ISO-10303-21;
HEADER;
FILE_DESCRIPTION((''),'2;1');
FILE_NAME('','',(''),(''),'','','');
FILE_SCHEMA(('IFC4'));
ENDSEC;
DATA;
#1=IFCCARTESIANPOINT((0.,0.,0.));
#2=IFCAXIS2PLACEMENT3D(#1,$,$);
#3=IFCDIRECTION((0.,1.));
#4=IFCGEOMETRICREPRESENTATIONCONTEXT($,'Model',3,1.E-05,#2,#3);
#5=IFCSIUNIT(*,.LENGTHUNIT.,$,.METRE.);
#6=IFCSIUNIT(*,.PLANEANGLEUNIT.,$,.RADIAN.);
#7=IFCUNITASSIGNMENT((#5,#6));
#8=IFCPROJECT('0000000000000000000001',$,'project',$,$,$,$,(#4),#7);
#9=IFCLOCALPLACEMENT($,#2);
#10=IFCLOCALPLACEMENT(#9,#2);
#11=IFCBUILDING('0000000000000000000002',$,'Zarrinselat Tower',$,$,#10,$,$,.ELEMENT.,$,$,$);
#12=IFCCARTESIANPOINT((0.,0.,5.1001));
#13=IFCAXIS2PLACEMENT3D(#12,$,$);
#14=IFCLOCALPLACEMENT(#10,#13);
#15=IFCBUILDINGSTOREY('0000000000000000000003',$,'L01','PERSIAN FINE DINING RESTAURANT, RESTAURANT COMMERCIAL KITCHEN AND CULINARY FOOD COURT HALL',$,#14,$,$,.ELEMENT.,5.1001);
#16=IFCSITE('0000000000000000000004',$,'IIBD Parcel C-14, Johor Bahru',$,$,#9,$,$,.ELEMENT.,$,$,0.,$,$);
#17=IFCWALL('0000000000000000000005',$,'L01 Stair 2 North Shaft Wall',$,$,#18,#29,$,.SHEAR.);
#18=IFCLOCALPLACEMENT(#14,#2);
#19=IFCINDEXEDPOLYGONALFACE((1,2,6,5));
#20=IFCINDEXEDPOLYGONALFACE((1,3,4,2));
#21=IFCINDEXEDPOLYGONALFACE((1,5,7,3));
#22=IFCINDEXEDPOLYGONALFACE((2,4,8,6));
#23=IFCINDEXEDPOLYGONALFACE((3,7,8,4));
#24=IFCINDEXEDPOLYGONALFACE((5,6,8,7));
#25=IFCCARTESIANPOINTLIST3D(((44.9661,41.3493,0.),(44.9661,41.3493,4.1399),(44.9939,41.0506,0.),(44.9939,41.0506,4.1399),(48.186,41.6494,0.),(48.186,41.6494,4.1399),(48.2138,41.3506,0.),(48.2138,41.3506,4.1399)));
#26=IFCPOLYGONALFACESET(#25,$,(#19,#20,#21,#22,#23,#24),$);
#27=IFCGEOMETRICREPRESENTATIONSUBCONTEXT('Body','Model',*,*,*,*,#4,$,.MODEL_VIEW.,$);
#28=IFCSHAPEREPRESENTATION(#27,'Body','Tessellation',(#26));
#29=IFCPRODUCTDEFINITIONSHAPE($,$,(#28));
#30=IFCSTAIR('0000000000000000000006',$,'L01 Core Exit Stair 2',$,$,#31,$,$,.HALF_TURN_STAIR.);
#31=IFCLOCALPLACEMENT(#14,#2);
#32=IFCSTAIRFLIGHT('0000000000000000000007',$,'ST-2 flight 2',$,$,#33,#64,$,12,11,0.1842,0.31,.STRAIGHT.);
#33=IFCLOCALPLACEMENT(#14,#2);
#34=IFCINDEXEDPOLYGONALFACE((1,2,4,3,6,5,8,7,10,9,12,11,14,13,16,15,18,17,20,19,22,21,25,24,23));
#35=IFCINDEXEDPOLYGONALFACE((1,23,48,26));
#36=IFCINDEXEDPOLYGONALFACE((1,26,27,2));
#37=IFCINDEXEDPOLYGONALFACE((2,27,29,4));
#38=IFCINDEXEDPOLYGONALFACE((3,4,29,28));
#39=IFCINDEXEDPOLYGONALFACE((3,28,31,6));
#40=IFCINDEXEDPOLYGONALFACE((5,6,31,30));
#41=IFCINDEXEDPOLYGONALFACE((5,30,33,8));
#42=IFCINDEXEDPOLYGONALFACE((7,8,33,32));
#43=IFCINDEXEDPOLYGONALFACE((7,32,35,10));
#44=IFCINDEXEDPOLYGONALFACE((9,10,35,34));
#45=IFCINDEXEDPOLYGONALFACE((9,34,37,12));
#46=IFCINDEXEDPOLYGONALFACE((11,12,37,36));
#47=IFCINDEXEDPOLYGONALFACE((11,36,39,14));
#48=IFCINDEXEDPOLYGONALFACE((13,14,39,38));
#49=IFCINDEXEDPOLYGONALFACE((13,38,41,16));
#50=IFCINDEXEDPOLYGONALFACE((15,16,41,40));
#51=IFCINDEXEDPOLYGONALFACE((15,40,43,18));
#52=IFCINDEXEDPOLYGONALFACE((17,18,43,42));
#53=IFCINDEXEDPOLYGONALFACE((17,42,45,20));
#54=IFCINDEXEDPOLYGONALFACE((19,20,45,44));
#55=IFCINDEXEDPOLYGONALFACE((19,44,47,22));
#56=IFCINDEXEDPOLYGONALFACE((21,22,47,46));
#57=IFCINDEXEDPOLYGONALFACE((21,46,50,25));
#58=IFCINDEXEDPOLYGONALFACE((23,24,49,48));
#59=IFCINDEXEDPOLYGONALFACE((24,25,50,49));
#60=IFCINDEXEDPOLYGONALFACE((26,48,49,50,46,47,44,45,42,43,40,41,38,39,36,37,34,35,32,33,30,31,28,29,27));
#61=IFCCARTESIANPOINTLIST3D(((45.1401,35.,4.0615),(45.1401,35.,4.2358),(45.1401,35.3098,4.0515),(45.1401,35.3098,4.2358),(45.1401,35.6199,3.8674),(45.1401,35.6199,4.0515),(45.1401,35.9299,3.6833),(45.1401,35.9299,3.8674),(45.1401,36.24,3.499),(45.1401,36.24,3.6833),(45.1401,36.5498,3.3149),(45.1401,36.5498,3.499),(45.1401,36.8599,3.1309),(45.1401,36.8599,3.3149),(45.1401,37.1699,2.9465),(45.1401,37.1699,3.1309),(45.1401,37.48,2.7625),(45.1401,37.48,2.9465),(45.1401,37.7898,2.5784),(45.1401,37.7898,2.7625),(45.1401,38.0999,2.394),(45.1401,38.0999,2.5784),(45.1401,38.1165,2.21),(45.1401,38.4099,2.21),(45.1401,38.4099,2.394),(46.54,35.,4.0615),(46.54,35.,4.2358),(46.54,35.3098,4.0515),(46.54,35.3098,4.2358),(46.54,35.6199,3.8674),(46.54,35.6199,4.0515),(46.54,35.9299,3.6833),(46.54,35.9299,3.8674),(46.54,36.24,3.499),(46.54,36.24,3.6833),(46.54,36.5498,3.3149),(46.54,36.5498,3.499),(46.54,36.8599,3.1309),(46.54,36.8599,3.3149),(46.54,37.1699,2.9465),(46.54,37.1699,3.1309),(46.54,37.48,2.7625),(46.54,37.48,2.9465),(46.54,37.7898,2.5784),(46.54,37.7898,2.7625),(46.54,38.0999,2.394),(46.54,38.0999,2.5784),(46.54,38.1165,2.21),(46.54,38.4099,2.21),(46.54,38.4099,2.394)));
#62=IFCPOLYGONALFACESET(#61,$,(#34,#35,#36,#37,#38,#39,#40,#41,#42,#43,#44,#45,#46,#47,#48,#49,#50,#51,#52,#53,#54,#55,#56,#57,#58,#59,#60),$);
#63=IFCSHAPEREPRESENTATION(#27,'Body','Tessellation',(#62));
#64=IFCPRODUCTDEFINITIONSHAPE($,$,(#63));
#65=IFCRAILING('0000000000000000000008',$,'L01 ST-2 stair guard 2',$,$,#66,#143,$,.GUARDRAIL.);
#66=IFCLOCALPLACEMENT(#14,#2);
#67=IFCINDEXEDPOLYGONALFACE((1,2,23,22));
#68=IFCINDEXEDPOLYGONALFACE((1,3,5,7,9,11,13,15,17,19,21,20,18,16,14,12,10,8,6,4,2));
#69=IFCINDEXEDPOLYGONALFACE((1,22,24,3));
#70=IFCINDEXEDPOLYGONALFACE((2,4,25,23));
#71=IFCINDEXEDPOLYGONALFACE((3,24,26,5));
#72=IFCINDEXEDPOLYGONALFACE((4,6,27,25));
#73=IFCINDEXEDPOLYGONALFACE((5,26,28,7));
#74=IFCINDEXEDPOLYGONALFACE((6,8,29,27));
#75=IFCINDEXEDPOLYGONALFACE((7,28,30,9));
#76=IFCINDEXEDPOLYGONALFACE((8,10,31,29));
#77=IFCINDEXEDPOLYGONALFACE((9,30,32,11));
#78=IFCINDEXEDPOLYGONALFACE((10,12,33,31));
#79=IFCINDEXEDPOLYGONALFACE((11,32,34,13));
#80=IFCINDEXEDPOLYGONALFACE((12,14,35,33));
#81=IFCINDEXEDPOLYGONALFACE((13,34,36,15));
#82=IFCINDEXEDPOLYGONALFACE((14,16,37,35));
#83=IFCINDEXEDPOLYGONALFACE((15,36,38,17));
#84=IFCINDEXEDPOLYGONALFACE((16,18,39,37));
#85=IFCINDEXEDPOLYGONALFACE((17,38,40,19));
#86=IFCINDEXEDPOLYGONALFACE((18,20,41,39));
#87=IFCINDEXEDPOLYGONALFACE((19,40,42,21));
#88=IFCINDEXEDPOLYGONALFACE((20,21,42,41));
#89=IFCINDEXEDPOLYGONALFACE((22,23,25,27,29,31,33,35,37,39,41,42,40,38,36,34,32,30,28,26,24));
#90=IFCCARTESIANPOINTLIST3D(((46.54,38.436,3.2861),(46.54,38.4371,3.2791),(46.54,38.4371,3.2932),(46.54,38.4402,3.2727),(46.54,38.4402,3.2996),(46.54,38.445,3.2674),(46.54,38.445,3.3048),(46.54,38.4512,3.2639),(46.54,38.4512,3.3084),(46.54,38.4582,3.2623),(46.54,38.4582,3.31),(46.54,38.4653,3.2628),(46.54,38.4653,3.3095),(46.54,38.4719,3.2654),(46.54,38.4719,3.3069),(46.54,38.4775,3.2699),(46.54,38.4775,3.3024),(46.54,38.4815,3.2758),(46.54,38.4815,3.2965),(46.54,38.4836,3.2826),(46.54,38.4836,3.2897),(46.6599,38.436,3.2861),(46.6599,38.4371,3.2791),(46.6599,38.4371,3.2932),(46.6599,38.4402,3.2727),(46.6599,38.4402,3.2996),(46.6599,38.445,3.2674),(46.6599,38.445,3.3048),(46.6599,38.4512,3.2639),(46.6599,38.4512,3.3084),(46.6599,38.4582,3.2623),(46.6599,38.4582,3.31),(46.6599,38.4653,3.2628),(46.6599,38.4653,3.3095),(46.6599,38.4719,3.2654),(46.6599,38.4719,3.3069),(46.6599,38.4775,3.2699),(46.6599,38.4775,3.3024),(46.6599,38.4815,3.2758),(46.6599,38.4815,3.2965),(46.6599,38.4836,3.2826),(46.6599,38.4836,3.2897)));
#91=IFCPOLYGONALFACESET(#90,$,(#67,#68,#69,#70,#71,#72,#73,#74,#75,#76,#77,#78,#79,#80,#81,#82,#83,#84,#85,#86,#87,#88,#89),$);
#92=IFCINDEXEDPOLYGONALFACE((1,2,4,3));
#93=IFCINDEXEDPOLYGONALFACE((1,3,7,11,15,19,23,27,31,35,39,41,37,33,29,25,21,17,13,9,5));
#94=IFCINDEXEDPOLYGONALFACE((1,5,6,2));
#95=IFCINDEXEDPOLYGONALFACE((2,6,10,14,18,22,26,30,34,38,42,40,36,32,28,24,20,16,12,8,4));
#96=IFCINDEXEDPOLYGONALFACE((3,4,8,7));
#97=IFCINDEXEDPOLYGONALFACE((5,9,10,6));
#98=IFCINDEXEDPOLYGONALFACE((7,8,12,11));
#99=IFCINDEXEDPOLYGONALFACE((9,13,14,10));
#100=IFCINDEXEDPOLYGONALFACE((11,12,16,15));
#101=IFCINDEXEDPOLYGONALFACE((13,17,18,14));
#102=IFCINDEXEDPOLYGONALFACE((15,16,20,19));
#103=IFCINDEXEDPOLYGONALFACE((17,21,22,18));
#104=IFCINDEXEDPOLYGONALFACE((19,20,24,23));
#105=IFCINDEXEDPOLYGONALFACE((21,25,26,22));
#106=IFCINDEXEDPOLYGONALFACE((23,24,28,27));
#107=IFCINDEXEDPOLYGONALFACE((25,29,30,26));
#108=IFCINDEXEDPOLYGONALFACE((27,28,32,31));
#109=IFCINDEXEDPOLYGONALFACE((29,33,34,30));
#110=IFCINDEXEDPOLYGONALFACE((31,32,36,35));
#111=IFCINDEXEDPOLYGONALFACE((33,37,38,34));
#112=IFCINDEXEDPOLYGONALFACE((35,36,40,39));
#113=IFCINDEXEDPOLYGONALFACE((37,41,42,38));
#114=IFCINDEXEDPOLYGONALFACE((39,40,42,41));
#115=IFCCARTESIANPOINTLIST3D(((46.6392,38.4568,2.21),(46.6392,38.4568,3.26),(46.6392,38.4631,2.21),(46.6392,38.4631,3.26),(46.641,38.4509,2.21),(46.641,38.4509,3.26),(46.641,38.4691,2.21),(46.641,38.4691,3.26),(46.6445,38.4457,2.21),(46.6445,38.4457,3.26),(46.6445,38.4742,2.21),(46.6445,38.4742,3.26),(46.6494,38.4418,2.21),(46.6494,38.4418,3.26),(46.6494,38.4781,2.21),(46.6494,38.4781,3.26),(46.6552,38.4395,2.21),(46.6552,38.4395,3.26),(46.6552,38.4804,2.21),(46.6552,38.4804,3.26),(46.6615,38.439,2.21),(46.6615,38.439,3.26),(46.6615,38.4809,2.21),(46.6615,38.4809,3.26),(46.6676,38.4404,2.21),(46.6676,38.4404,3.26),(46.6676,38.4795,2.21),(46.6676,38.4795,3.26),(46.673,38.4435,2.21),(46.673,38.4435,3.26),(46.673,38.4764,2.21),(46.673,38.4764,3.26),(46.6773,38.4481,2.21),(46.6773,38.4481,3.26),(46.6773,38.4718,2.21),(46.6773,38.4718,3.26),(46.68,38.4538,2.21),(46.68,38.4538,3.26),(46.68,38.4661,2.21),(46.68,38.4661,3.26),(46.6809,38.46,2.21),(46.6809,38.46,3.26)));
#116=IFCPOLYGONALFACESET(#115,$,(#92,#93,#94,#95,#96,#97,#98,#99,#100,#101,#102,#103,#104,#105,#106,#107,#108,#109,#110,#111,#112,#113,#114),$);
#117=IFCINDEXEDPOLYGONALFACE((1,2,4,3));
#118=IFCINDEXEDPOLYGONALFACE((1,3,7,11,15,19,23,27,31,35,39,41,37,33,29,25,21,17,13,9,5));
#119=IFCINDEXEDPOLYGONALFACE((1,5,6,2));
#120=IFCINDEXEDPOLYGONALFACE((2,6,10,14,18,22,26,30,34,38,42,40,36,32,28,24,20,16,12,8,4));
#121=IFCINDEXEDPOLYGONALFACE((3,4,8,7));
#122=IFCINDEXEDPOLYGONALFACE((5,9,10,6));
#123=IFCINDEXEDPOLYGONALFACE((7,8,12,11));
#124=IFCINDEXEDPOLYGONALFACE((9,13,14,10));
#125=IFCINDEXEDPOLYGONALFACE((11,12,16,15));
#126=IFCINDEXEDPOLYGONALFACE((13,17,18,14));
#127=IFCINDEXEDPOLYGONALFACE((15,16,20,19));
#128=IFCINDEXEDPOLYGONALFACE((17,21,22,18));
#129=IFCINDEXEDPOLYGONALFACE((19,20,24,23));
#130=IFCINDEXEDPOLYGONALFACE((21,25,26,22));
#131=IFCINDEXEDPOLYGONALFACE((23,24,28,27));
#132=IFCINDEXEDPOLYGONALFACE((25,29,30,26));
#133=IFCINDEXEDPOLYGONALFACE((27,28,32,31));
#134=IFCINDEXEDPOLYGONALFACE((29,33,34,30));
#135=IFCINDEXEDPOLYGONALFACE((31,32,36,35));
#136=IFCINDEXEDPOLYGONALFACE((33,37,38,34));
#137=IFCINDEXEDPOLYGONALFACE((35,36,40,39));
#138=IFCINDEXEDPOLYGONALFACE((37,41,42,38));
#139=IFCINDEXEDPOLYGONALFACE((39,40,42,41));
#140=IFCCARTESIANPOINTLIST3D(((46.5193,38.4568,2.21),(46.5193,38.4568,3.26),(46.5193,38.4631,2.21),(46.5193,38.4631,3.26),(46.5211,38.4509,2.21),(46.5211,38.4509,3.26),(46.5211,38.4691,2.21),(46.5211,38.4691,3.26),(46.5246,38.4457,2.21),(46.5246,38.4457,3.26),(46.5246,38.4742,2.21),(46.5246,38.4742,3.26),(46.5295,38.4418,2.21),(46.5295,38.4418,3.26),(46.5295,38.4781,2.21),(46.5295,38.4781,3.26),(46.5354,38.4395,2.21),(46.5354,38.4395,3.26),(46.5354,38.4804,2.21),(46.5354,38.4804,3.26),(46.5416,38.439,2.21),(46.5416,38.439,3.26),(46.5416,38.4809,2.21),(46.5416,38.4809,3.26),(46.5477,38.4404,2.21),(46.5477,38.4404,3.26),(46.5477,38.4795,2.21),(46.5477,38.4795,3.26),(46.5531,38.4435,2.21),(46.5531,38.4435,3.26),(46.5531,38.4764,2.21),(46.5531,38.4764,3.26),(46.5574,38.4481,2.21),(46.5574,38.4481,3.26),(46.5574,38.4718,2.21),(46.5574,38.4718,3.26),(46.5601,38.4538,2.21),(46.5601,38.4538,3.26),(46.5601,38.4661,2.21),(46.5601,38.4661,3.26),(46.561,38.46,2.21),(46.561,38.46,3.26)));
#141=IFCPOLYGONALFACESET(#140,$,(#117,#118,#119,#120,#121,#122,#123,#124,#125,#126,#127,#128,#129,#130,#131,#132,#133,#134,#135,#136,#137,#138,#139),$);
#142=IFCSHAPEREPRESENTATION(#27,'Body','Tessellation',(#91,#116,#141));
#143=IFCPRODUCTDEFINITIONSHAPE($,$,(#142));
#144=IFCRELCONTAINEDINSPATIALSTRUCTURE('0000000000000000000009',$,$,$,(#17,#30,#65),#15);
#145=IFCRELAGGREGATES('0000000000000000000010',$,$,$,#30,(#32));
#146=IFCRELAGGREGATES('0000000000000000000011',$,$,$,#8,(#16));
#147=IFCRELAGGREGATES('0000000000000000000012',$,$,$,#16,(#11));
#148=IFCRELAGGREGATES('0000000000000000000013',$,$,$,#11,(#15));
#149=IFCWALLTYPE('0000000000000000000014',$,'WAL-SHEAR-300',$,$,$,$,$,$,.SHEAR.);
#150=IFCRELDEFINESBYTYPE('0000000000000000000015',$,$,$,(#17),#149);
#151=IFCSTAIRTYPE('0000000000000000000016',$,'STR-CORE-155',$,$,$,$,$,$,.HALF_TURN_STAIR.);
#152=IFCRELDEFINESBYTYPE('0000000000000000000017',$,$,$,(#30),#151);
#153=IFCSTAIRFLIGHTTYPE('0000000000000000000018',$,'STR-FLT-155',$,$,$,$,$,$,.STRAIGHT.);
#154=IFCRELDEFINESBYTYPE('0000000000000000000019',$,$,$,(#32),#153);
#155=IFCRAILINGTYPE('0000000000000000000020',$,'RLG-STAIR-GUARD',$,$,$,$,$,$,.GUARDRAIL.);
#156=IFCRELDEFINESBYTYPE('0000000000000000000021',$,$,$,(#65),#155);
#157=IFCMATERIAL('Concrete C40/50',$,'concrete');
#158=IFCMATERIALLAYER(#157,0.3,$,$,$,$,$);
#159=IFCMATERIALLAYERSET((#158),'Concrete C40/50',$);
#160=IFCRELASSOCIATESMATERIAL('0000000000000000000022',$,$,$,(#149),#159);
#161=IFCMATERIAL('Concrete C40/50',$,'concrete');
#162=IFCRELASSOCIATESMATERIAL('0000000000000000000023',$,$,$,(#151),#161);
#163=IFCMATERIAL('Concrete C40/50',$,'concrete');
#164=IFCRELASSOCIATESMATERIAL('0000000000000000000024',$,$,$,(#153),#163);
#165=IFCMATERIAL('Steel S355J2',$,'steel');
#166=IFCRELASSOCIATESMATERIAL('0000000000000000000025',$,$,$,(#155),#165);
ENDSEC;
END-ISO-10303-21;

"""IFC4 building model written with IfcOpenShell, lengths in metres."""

from ifc_helpers import new_model, si_unit, direction, frame, frame_2d, origin, origin_2d, place, context, subcontext, project, spatial, polyline, rectangle, circle, outline, extrude, material, layer, layer_set, type_object, element, aggregate, save


model = new_model("IFC4")

# Units and contexts
model_context = context("Model", 3, precision=1e-05, world=origin(), true_north=direction((0.0, 1.0)))
body_context = subcontext(model_context, "Body", "Model", "MODEL_VIEW")
ifc_project = project(units=[si_unit("LENGTHUNIT", "METRE"), si_unit("PLANEANGLEUNIT", "RADIAN")], contexts=[model_context])

# Site, building, storey
site_placement = place(None, origin())
site = spatial("IfcSite", under=ifc_project, at=site_placement, Name="IIBD Parcel C-14, Johor Bahru", CompositionType="ELEMENT", RefElevation=0.0)
building_placement = place(site_placement, origin())
building = spatial("IfcBuilding", under=site, at=building_placement, Name="Zarrinselat Tower", CompositionType="ELEMENT")
storey_placement = place(building_placement, frame((0.0, 0.0, 5.1001)))
storey = spatial("IfcBuildingStorey", under=building, at=storey_placement, Name="L01", Description="PERSIAN FINE DINING RESTAURANT, RESTAURANT COMMERCIAL KITCHEN AND CULINARY FOOD COURT HALL", CompositionType="ELEMENT", Elevation=5.1001)

# Wall
ifc_material_1 = material(Name="Concrete C40/50", Category="concrete")
ifc_layer_1 = layer(ifc_material_1, 0.3)
ifc_layer_set_1 = layer_set([ifc_layer_1], Name="Concrete C40/50")
wall_type_1 = type_object("IfcWallType", Name="WAL-SHEAR-300", PredefinedType="SHEAR", material=ifc_layer_set_1)
wall_1_placement = place(storey_placement, frame((44.98, 41.2, 0.0), z_axis=(0.0, 0.0, 1.0), x_axis=(0.995686, 0.092782, 0.0)))
element("IfcWall", 1, at=wall_1_placement, inside=storey, type_object=wall_type_1, Name="L01 Stair 2 North Shaft Wall", PredefinedType="SHEAR", context=body_context, shape_type="SweptSolid", body=[
    extrude(rectangle(XDim=3.2339, YDim=0.3, at=frame_2d((1.6169, 0.0))), origin(), (0.0, 0.0, 1.0), 4.1399),
])

# Stair, stair flight
ifc_material_2 = material(Name="Concrete C40/50", Category="concrete")
stair_type = type_object("IfcStairType", Name="STR-CORE-155", PredefinedType="HALF_TURN_STAIR", material=ifc_material_2)
stair_placement = place(storey_placement, origin())
stair = element("IfcStair", 2, at=stair_placement, inside=storey, type_object=stair_type, Name="L01 Core Exit Stair 2", PredefinedType="HALF_TURN_STAIR")
ifc_material_3 = material(Name="Concrete C40/50", Category="concrete")
stair_flight_type = type_object("IfcStairFlightType", Name="STR-FLT-155", PredefinedType="STRAIGHT", material=ifc_material_3)
stair_flight_placement = place(storey_placement, frame((45.8401, 38.4099, 2.21), z_axis=(0.0, 0.0, 1.0), x_axis=(0.0, -1.0, 0.0)))
stair_flight = element("IfcStairFlight", 3, at=stair_flight_placement, type_object=stair_flight_type, Name="ST-2 flight 2", NumberOfRisers=12, NumberOfTreads=11, PredefinedType="STRAIGHT", RiserHeight=0.1842, TreadLength=0.31, context=body_context, shape_type="SweptSolid", body=[
    extrude(outline(polyline([(0.0, 0.0), (0.0, 0.1841), (0.3101, 0.1841), (0.3101, 0.3684), (0.6201, 0.3684), (0.6201, 0.5525), (0.9299, 0.5525), (0.9299, 0.7366), (1.24, 0.7366), (1.24, 0.9209), (1.55, 0.9209), (1.55, 1.105), (1.8601, 1.105), (1.8601, 1.2891), (2.1699, 1.2891), (2.1699, 1.4734), (2.48, 1.4734), (2.48, 1.6575), (2.79, 1.6575), (2.79, 1.8416), (3.1001, 1.8416), (3.1001, 2.0259), (3.4099, 2.0259), (3.4099, 2.21), (3.4099, 1.8516), (0.2935, 0.0), (0.0, 0.0)])), frame((0.0, 0.7, 0.0), z_axis=(0.0, -1.0, 0.0), x_axis=(1.0, 0.0, 0.0)), (0.0, 0.0, 1.0), 1.3999),
])
aggregate(stair, [stair_flight])

# Railing
ifc_material_4 = material(Name="Steel S355J2", Category="steel")
railing_type = type_object("IfcRailingType", Name="RLG-STAIR-GUARD", PredefinedType="GUARDRAIL", material=ifc_material_4)
railing_1_placement = place(storey_placement, frame((46.6599, 38.46, 2.21)))
element("IfcRailing", 4, at=railing_1_placement, inside=storey, type_object=railing_type, Name="L01 ST-2 stair guard 2", PredefinedType="GUARDRAIL", context=body_context, shape_type="SweptSolid", body=[
    extrude(circle(Radius=0.0239, at=origin_2d()), frame((0.0, 0.0, 1.0762), z_axis=(-1.0, 0.0, 0.0), x_axis=(0.0, -1.0, 0.0)), (0.0, 0.0, 1.0), 0.1199),
    extrude(circle(Radius=0.021, at=origin_2d()), origin(), (0.0, 0.0, 1.0), 1.05),
    extrude(circle(Radius=0.021, at=origin_2d()), frame((-0.1199, 0.0, 0.0)), (0.0, 0.0, 1.0), 1.05),
])

save(model, "model.ifc")
